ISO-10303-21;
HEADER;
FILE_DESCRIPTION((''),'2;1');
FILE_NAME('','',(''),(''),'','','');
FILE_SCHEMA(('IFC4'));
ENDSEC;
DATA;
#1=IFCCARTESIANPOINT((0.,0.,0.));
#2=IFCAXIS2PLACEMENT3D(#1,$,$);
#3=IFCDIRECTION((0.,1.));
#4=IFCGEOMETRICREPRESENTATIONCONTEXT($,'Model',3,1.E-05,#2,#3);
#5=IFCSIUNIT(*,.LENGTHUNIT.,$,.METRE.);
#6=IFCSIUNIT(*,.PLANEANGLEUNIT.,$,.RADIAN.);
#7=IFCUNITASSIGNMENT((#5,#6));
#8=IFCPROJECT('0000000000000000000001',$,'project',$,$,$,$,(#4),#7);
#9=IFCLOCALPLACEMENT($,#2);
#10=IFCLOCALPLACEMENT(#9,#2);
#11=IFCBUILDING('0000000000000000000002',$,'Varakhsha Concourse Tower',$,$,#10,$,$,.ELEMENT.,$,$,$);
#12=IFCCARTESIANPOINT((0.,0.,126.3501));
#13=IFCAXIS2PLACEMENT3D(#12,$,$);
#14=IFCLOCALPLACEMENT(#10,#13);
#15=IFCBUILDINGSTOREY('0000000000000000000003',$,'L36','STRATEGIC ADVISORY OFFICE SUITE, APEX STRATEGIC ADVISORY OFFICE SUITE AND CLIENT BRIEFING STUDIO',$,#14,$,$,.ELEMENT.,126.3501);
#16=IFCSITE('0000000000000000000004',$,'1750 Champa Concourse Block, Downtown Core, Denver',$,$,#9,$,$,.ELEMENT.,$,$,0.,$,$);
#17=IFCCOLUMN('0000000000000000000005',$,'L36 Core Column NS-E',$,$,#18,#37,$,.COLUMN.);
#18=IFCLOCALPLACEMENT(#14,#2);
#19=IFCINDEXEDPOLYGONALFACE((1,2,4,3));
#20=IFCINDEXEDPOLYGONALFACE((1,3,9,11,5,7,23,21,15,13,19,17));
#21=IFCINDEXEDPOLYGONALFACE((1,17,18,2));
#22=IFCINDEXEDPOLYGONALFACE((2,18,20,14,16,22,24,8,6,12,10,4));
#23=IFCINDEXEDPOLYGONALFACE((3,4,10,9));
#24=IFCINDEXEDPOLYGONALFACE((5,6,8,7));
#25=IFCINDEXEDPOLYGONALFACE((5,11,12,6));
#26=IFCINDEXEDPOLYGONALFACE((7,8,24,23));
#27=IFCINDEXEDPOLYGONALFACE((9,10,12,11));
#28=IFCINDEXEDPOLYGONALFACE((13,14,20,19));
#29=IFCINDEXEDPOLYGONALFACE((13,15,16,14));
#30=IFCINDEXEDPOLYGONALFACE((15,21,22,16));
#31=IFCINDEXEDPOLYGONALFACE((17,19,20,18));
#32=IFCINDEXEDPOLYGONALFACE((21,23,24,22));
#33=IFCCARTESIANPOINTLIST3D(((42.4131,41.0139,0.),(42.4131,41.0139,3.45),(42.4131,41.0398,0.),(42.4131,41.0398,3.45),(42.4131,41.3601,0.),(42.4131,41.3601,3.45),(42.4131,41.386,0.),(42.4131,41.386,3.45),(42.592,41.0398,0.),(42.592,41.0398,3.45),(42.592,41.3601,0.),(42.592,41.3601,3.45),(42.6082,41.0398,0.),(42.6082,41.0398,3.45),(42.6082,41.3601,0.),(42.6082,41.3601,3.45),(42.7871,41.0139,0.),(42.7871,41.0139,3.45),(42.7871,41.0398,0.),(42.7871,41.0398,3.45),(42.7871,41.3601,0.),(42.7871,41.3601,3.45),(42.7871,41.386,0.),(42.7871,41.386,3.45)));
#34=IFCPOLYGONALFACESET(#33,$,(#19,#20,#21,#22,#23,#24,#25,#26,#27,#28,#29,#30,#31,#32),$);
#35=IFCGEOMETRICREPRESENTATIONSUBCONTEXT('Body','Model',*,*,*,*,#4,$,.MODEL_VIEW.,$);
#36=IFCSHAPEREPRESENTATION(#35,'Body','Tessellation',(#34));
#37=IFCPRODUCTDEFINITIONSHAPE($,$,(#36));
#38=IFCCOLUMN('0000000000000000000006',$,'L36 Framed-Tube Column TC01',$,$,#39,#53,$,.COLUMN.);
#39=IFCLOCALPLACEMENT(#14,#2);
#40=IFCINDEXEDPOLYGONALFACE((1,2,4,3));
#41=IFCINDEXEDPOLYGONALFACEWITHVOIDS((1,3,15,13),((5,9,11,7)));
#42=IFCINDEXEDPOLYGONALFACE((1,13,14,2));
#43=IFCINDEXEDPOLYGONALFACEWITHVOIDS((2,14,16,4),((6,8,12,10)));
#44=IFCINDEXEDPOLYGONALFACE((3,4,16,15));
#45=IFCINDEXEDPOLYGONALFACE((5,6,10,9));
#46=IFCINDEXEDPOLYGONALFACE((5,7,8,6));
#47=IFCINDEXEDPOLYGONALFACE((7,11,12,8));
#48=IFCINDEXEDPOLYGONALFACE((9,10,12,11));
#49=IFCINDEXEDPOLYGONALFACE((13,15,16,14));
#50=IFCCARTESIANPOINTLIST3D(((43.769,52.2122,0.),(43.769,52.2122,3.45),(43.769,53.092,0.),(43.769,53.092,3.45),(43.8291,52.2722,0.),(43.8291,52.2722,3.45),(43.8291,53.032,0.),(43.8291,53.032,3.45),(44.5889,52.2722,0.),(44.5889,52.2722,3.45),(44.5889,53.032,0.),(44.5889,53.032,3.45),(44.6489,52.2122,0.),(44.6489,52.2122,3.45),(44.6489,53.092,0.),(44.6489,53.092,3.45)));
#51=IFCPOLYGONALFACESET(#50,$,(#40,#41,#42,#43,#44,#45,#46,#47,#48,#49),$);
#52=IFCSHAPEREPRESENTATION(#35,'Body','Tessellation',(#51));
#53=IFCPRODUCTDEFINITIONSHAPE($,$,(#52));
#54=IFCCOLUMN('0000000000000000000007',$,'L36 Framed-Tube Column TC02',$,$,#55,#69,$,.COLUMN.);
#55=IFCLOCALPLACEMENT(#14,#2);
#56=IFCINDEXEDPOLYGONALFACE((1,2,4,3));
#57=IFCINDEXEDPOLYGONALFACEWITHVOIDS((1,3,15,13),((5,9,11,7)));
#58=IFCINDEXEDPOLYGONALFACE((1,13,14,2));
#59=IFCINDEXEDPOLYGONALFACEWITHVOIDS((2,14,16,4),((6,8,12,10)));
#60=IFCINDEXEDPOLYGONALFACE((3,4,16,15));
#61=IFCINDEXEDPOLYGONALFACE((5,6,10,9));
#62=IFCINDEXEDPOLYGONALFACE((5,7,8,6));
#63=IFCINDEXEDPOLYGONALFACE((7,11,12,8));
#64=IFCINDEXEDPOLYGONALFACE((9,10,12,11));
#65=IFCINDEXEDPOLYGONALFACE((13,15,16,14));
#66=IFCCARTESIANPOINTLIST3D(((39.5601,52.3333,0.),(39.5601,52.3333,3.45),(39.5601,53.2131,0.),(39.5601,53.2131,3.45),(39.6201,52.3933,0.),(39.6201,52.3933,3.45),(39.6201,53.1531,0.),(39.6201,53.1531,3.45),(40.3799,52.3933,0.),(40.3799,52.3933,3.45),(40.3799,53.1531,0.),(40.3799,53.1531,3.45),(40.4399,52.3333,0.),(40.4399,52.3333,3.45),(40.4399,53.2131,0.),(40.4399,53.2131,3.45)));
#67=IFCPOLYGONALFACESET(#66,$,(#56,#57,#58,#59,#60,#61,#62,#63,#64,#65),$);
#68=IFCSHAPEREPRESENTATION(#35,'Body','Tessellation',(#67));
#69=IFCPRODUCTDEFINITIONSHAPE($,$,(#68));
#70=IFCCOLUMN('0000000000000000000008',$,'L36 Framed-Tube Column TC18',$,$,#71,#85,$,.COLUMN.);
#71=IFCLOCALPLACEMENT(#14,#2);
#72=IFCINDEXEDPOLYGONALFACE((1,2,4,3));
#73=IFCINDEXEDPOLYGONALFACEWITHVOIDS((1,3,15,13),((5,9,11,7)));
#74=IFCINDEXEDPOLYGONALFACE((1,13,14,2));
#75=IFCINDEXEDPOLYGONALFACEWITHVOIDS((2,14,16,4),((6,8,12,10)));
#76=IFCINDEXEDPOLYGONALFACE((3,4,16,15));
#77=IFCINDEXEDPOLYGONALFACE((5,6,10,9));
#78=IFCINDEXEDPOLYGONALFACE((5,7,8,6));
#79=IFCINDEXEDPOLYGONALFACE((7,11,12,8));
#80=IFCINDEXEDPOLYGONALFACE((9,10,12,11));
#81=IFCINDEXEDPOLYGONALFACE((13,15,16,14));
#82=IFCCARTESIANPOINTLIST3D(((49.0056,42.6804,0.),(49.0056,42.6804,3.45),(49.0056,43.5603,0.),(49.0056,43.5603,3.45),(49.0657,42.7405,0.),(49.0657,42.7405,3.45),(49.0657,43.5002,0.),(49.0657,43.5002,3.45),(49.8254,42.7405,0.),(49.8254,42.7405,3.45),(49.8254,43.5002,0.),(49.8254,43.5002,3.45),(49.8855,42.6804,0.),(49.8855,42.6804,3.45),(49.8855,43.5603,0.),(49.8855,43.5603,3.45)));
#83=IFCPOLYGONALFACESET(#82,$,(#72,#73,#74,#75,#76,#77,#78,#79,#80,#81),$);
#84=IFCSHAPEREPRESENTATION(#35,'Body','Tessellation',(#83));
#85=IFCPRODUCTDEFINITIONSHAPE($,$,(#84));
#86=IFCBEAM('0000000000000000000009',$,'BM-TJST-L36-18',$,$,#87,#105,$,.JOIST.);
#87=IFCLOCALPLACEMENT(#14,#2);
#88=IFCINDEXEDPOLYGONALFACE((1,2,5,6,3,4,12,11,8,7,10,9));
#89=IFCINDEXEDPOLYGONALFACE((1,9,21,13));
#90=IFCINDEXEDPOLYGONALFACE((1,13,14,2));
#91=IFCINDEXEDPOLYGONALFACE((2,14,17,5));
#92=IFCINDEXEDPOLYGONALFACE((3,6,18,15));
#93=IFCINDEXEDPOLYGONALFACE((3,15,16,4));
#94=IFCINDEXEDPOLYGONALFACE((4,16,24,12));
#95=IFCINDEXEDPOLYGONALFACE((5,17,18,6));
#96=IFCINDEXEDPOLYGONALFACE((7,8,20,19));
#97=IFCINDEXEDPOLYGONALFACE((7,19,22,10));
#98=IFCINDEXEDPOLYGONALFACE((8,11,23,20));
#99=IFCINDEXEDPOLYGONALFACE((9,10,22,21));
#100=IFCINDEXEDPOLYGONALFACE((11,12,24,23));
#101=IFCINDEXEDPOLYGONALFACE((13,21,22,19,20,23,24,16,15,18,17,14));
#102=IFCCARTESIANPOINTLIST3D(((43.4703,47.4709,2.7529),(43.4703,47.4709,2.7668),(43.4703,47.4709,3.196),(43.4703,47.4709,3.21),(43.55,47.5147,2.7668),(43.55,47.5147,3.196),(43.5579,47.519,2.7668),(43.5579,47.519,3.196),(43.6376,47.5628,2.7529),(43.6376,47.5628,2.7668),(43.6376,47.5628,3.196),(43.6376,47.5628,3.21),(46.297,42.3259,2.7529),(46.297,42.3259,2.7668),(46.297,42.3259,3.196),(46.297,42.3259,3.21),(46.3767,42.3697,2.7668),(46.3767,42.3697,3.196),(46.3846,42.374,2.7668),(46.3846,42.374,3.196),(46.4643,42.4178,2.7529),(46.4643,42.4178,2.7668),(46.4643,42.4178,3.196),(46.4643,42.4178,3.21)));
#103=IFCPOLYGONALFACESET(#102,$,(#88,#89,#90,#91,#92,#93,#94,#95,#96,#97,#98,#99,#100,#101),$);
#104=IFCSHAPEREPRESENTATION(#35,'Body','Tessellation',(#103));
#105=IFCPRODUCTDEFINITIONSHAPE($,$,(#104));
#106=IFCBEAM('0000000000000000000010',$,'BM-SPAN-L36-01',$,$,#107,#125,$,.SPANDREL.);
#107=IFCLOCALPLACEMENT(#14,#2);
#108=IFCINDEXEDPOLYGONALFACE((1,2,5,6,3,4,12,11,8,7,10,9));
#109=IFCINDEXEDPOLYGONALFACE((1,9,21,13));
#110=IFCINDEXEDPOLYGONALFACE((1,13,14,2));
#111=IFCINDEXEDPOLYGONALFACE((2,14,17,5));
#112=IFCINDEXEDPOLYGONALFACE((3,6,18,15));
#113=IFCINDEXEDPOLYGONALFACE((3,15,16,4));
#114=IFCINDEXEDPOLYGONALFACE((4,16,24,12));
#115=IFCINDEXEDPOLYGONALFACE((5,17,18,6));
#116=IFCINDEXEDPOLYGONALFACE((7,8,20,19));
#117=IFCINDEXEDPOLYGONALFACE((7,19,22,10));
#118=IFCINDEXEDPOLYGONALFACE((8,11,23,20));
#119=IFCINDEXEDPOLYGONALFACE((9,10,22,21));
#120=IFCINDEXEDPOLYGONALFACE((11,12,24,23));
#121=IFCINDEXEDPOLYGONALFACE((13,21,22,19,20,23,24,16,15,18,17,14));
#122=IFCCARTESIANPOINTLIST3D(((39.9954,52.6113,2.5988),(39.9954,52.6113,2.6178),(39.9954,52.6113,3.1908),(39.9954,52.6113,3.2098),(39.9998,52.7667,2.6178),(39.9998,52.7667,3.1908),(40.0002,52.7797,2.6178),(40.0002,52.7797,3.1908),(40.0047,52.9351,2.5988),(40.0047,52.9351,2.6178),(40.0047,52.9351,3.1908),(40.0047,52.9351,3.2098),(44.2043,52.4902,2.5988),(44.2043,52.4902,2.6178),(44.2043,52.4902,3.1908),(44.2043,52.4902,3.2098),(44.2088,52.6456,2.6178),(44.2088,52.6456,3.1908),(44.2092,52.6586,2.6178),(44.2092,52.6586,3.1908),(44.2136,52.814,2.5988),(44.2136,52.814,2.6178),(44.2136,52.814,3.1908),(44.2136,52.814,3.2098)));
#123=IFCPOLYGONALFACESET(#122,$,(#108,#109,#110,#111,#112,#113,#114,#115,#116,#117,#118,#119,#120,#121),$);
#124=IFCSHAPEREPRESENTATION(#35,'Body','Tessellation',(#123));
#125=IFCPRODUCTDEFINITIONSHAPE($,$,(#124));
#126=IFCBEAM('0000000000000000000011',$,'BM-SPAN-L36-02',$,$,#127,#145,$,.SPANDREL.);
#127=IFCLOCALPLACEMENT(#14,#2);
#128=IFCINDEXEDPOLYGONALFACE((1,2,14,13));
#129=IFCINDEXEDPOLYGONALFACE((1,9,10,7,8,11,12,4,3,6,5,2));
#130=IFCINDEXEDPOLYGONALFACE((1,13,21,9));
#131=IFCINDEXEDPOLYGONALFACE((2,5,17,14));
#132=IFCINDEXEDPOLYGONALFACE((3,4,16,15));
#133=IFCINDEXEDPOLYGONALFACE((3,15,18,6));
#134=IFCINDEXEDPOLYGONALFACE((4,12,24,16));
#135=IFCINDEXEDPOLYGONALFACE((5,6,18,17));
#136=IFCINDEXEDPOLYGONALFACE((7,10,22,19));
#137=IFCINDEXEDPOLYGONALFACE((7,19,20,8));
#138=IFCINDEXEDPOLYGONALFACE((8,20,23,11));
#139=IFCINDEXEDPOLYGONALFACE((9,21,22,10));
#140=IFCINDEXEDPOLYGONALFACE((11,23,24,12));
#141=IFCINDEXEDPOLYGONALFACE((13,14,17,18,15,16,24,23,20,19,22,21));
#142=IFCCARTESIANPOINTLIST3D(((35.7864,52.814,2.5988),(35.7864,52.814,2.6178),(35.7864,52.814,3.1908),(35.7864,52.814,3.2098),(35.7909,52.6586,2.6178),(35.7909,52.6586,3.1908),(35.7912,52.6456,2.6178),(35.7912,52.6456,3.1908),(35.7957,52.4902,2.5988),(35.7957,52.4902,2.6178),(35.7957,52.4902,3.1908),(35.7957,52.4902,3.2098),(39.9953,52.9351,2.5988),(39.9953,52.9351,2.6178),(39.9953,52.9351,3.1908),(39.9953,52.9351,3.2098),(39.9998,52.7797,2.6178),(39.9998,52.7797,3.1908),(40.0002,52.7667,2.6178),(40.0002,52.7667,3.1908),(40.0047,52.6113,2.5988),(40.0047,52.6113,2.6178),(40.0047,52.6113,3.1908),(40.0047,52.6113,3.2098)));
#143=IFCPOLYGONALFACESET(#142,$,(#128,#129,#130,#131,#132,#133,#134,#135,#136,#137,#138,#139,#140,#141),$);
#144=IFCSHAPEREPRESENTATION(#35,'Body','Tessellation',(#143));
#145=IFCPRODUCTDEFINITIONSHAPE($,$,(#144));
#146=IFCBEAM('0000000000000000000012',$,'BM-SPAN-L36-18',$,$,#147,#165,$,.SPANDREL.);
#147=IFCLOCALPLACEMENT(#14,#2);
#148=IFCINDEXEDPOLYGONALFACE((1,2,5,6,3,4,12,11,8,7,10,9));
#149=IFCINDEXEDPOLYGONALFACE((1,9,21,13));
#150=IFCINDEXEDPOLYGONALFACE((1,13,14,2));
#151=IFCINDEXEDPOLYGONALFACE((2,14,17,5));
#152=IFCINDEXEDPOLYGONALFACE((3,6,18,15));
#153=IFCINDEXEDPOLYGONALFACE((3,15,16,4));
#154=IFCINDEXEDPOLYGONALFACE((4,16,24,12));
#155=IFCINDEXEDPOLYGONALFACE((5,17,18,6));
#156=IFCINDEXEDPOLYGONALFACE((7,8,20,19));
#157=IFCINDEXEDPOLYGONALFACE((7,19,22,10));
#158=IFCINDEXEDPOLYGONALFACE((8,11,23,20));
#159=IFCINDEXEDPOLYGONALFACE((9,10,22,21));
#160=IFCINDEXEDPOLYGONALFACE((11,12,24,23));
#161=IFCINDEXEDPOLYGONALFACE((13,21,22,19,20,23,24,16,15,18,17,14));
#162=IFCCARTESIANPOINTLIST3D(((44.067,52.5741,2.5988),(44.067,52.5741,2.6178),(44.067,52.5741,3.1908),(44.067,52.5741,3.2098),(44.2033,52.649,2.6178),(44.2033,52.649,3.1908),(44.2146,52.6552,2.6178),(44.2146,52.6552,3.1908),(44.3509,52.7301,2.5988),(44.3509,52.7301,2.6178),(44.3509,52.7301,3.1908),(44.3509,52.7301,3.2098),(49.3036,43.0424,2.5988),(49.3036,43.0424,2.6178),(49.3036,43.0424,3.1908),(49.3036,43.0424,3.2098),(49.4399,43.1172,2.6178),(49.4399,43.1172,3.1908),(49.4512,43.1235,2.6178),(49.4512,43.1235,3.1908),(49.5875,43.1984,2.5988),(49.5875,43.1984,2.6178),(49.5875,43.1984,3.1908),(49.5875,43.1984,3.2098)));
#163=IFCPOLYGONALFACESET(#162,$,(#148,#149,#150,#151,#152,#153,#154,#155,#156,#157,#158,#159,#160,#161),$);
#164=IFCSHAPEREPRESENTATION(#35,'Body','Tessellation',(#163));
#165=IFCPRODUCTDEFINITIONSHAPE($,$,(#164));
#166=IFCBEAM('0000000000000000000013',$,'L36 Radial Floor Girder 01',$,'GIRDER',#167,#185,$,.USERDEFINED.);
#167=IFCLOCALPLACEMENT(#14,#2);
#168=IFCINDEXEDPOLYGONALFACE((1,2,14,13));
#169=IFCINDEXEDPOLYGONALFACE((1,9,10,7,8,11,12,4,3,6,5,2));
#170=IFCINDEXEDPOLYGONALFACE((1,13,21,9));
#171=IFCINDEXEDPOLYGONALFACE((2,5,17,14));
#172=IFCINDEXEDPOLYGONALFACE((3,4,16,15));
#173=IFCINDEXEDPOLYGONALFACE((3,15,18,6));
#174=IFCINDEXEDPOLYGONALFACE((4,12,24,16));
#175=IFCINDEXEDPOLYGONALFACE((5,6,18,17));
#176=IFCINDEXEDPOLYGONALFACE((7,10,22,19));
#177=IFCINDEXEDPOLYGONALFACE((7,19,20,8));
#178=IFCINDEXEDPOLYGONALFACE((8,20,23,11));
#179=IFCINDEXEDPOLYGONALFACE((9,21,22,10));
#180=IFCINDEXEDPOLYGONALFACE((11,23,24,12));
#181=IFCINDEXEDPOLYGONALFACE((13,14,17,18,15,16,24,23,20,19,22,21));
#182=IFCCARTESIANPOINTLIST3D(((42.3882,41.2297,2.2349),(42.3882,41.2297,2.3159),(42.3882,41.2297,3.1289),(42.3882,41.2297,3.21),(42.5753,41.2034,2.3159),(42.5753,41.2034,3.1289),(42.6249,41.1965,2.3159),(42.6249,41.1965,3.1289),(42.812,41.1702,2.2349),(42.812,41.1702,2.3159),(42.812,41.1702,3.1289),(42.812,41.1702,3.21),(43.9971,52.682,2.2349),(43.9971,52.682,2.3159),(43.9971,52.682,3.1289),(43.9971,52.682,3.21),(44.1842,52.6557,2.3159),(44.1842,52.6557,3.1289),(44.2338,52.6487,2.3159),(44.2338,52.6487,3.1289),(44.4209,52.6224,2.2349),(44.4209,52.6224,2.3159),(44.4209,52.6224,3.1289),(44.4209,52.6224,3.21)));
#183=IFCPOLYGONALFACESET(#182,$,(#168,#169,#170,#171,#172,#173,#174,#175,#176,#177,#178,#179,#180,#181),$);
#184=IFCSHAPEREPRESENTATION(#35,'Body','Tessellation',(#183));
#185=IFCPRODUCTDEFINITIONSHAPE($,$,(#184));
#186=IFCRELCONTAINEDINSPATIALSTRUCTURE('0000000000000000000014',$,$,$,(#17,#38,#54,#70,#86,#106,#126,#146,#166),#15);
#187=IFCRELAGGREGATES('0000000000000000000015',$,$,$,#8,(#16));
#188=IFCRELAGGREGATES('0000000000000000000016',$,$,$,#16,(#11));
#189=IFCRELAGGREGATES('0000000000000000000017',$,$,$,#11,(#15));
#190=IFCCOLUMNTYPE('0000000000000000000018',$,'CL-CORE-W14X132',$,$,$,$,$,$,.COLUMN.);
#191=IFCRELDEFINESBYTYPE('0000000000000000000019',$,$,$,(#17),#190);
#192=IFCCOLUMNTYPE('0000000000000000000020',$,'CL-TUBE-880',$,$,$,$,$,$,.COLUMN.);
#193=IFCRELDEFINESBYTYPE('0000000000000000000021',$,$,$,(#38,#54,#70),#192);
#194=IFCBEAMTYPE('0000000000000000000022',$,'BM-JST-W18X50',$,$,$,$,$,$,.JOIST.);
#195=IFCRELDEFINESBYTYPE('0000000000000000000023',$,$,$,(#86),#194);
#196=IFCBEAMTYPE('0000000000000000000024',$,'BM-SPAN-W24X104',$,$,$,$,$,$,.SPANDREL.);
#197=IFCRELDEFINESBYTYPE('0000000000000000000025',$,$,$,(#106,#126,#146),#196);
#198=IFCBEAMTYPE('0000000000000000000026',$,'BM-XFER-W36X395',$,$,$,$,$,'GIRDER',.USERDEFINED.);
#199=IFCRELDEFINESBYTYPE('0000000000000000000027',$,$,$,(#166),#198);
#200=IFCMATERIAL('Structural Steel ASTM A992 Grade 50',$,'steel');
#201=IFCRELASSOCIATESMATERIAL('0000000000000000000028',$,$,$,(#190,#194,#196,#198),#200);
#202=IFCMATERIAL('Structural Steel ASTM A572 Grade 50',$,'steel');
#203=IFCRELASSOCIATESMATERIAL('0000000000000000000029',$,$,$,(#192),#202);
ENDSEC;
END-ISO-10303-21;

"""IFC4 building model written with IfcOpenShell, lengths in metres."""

from ifc_helpers import new_model, si_unit, direction, frame, origin, origin_2d, place, context, subcontext, project, spatial, hollow_rectangle, i_section, extrude, material, material_profile, profile_set, type_object, element, save


model = new_model("IFC4")

# Units and contexts
model_context = context("Model", 3, precision=1e-05, world=origin(), true_north=direction((0.0, 1.0)))
body_context = subcontext(model_context, "Body", "Model", "MODEL_VIEW")
ifc_project = project(units=[si_unit("LENGTHUNIT", "METRE"), si_unit("PLANEANGLEUNIT", "RADIAN")], contexts=[model_context])

# Site, building, storey
site_placement = place(None, origin())
site = spatial("IfcSite", under=ifc_project, at=site_placement, Name="1750 Champa Concourse Block, Downtown Core, Denver", CompositionType="ELEMENT", RefElevation=0.0)
building_placement = place(site_placement, origin())
building = spatial("IfcBuilding", under=site, at=building_placement, Name="Varakhsha Concourse Tower", CompositionType="ELEMENT")
storey_placement = place(building_placement, frame((0.0, 0.0, 126.3501)))
storey = spatial("IfcBuildingStorey", under=building, at=storey_placement, Name="L36", Description="STRATEGIC ADVISORY OFFICE SUITE, APEX STRATEGIC ADVISORY OFFICE SUITE AND CLIENT BRIEFING STUDIO", CompositionType="ELEMENT", Elevation=126.3501)

# Columns
ifc_material_1 = material(Name="Structural Steel ASTM A992 Grade 50", Category="steel")
ifc_material_profile_1 = material_profile(ifc_material_1, i_section(OverallWidth=0.374, OverallDepth=0.3721, WebThickness=0.0161, FlangeThickness=0.0259, at=origin_2d()), Name="W14X132")
ifc_profile_set_1 = profile_set([ifc_material_profile_1], Name="Structural Steel ASTM A992 Grade 50")
column_type_1 = type_object("IfcColumnType", Name="CL-CORE-W14X132", PredefinedType="COLUMN", material=ifc_profile_set_1)
column_placement = place(storey_placement, frame((42.6001, 41.2, 0.0), z_axis=(0.0, 0.0, 1.0), x_axis=(1.0, 0.0, 0.0)))
element("IfcColumn", 1, at=column_placement, inside=storey, type_object=column_type_1, Name="L36 Core Column NS-E", PredefinedType="COLUMN", context=body_context, shape_type="SweptSolid", body=[
    extrude(i_section(OverallWidth=0.374, OverallDepth=0.3721, WebThickness=0.0161, FlangeThickness=0.0259, at=origin_2d()), origin(), (0.0, 0.0, 1.0), 3.45),
])
ifc_material_2 = material(Name="Structural Steel ASTM A572 Grade 50", Category="steel")
ifc_material_profile_2 = material_profile(ifc_material_2, hollow_rectangle(XDim=0.8799, YDim=0.8799, WallThickness=0.0601, at=origin_2d()), Name="BOX 880x880x60")
ifc_profile_set_2 = profile_set([ifc_material_profile_2], Name="Structural Steel ASTM A572 Grade 50")
column_type_2 = type_object("IfcColumnType", Name="CL-TUBE-880", PredefinedType="COLUMN", material=ifc_profile_set_2)
for number, where, z_axis, x_axis, name in (
    (2, (44.209, 52.6521, 0.0), (0.0, 0.0, 1.0), (1.0, 0.0, 0.0), "L36 Framed-Tube Column TC01"),
    (3, (40.0, 52.7732, 0.0), (0.0, 0.0, 1.0), (1.0, 0.0, 0.0), "L36 Framed-Tube Column TC02"),
    (4, (49.4456, 43.1204, 0.0), (0.0, 0.0, 1.0), (1.0, 0.0, 0.0), "L36 Framed-Tube Column TC18"),
):
    element("IfcColumn", number, at=place(storey_placement, frame(where, z_axis=z_axis, x_axis=x_axis)), inside=storey, type_object=column_type_2, Name=name, PredefinedType="COLUMN", context=body_context, shape_type="SweptSolid", body=[
        extrude(hollow_rectangle(XDim=0.8799, YDim=0.8799, WallThickness=0.0601, at=origin_2d()), origin(), (0.0, 0.0, 1.0), 3.45),
    ])

# Beams
ifc_material_profile_3 = material_profile(ifc_material_1, i_section(OverallWidth=0.1909, OverallDepth=0.457, WebThickness=0.009, FlangeThickness=0.0139, at=origin_2d()), Name="W18X50")
ifc_profile_set_3 = profile_set([ifc_material_profile_3], Name="Structural Steel ASTM A992 Grade 50")
beam_type_1 = type_object("IfcBeamType", Name="BM-JST-W18X50", PredefinedType="JOIST", material=ifc_profile_set_3)
beam_1_placement = place(storey_placement, frame((46.3806, 42.3718, 2.9814), z_axis=(-0.481513, 0.876439, 0.0), x_axis=(-0.876439, -0.481513, 0.0)))
element("IfcBeam", 5, at=beam_1_placement, inside=storey, type_object=beam_type_1, Name="BM-TJST-L36-18", PredefinedType="JOIST", context=body_context, shape_type="SweptSolid", body=[
    extrude(i_section(OverallWidth=0.1909, OverallDepth=0.457, WebThickness=0.009, FlangeThickness=0.0139, at=origin_2d()), origin(), (0.0, 0.0, 1.0), 5.8704),
])
ifc_material_profile_4 = material_profile(ifc_material_1, i_section(OverallWidth=0.324, OverallDepth=0.6111, WebThickness=0.0129, FlangeThickness=0.019, at=origin_2d()), Name="W24X104")
ifc_profile_set_4 = profile_set([ifc_material_profile_4], Name="Structural Steel ASTM A992 Grade 50")
beam_type_2 = type_object("IfcBeamType", Name="BM-SPAN-W24X104", PredefinedType="SPANDREL", material=ifc_profile_set_4)
for number, where, z_axis, x_axis, name in (
    (6, (44.209, 52.6521, 2.9043), (-0.999586, 0.028758, 0.0), (-0.028758, -0.999586, 0.0), "BM-SPAN-L36-01"),
    (7, (40.0, 52.7732, 2.9043), (-0.999586, -0.028758, 0.0), (0.028758, -0.999586, 0.0), "BM-SPAN-L36-02"),
):
    element("IfcBeam", number, at=place(storey_placement, frame(where, z_axis=z_axis, x_axis=x_axis)), inside=storey, type_object=beam_type_2, Name=name, PredefinedType="SPANDREL", context=body_context, shape_type="SweptSolid", body=[
        extrude(i_section(OverallWidth=0.324, OverallDepth=0.6111, WebThickness=0.0129, FlangeThickness=0.019, at=origin_2d()), origin(), (0.0, 0.0, 1.0), 4.2107),
    ])
beam_2_placement = place(storey_placement, frame((49.4456, 43.1204, 2.9043), z_axis=(-0.481503, 0.876444, 0.0), x_axis=(-0.876444, -0.481503, 0.0)))
element("IfcBeam", 8, at=beam_2_placement, inside=storey, type_object=beam_type_2, Name="BM-SPAN-L36-18", PredefinedType="SPANDREL", context=body_context, shape_type="SweptSolid", body=[
    extrude(i_section(OverallWidth=0.324, OverallDepth=0.6111, WebThickness=0.0129, FlangeThickness=0.019, at=origin_2d()), origin(), (0.0, 0.0, 1.0), 10.8755),
])
ifc_material_profile_5 = material_profile(ifc_material_1, i_section(OverallWidth=0.428, OverallDepth=0.9751, WebThickness=0.05, FlangeThickness=0.0811, at=origin_2d()), Name="W36X395")
ifc_profile_set_5 = profile_set([ifc_material_profile_5], Name="Structural Steel ASTM A992 Grade 50")
beam_type_3 = type_object("IfcBeamType", Name="BM-XFER-W36X395", ElementType="GIRDER", PredefinedType="USERDEFINED", material=ifc_profile_set_5)
beam_3_placement = place(storey_placement, frame((42.6001, 41.2, 2.7224), z_axis=(0.139122, 0.990275, 0.0), x_axis=(-0.990275, 0.139122, 0.0)))
element("IfcBeam", 9, at=beam_3_placement, inside=storey, type_object=beam_type_3, Name="L36 Radial Floor Girder 01", ObjectType="GIRDER", PredefinedType="USERDEFINED", context=body_context, shape_type="SweptSolid", body=[
    extrude(i_section(OverallWidth=0.428, OverallDepth=0.9751, WebThickness=0.05, FlangeThickness=0.0811, at=origin_2d()), origin(), (0.0, 0.0, 1.0), 11.5647),
])

save(model, "model.ifc")
